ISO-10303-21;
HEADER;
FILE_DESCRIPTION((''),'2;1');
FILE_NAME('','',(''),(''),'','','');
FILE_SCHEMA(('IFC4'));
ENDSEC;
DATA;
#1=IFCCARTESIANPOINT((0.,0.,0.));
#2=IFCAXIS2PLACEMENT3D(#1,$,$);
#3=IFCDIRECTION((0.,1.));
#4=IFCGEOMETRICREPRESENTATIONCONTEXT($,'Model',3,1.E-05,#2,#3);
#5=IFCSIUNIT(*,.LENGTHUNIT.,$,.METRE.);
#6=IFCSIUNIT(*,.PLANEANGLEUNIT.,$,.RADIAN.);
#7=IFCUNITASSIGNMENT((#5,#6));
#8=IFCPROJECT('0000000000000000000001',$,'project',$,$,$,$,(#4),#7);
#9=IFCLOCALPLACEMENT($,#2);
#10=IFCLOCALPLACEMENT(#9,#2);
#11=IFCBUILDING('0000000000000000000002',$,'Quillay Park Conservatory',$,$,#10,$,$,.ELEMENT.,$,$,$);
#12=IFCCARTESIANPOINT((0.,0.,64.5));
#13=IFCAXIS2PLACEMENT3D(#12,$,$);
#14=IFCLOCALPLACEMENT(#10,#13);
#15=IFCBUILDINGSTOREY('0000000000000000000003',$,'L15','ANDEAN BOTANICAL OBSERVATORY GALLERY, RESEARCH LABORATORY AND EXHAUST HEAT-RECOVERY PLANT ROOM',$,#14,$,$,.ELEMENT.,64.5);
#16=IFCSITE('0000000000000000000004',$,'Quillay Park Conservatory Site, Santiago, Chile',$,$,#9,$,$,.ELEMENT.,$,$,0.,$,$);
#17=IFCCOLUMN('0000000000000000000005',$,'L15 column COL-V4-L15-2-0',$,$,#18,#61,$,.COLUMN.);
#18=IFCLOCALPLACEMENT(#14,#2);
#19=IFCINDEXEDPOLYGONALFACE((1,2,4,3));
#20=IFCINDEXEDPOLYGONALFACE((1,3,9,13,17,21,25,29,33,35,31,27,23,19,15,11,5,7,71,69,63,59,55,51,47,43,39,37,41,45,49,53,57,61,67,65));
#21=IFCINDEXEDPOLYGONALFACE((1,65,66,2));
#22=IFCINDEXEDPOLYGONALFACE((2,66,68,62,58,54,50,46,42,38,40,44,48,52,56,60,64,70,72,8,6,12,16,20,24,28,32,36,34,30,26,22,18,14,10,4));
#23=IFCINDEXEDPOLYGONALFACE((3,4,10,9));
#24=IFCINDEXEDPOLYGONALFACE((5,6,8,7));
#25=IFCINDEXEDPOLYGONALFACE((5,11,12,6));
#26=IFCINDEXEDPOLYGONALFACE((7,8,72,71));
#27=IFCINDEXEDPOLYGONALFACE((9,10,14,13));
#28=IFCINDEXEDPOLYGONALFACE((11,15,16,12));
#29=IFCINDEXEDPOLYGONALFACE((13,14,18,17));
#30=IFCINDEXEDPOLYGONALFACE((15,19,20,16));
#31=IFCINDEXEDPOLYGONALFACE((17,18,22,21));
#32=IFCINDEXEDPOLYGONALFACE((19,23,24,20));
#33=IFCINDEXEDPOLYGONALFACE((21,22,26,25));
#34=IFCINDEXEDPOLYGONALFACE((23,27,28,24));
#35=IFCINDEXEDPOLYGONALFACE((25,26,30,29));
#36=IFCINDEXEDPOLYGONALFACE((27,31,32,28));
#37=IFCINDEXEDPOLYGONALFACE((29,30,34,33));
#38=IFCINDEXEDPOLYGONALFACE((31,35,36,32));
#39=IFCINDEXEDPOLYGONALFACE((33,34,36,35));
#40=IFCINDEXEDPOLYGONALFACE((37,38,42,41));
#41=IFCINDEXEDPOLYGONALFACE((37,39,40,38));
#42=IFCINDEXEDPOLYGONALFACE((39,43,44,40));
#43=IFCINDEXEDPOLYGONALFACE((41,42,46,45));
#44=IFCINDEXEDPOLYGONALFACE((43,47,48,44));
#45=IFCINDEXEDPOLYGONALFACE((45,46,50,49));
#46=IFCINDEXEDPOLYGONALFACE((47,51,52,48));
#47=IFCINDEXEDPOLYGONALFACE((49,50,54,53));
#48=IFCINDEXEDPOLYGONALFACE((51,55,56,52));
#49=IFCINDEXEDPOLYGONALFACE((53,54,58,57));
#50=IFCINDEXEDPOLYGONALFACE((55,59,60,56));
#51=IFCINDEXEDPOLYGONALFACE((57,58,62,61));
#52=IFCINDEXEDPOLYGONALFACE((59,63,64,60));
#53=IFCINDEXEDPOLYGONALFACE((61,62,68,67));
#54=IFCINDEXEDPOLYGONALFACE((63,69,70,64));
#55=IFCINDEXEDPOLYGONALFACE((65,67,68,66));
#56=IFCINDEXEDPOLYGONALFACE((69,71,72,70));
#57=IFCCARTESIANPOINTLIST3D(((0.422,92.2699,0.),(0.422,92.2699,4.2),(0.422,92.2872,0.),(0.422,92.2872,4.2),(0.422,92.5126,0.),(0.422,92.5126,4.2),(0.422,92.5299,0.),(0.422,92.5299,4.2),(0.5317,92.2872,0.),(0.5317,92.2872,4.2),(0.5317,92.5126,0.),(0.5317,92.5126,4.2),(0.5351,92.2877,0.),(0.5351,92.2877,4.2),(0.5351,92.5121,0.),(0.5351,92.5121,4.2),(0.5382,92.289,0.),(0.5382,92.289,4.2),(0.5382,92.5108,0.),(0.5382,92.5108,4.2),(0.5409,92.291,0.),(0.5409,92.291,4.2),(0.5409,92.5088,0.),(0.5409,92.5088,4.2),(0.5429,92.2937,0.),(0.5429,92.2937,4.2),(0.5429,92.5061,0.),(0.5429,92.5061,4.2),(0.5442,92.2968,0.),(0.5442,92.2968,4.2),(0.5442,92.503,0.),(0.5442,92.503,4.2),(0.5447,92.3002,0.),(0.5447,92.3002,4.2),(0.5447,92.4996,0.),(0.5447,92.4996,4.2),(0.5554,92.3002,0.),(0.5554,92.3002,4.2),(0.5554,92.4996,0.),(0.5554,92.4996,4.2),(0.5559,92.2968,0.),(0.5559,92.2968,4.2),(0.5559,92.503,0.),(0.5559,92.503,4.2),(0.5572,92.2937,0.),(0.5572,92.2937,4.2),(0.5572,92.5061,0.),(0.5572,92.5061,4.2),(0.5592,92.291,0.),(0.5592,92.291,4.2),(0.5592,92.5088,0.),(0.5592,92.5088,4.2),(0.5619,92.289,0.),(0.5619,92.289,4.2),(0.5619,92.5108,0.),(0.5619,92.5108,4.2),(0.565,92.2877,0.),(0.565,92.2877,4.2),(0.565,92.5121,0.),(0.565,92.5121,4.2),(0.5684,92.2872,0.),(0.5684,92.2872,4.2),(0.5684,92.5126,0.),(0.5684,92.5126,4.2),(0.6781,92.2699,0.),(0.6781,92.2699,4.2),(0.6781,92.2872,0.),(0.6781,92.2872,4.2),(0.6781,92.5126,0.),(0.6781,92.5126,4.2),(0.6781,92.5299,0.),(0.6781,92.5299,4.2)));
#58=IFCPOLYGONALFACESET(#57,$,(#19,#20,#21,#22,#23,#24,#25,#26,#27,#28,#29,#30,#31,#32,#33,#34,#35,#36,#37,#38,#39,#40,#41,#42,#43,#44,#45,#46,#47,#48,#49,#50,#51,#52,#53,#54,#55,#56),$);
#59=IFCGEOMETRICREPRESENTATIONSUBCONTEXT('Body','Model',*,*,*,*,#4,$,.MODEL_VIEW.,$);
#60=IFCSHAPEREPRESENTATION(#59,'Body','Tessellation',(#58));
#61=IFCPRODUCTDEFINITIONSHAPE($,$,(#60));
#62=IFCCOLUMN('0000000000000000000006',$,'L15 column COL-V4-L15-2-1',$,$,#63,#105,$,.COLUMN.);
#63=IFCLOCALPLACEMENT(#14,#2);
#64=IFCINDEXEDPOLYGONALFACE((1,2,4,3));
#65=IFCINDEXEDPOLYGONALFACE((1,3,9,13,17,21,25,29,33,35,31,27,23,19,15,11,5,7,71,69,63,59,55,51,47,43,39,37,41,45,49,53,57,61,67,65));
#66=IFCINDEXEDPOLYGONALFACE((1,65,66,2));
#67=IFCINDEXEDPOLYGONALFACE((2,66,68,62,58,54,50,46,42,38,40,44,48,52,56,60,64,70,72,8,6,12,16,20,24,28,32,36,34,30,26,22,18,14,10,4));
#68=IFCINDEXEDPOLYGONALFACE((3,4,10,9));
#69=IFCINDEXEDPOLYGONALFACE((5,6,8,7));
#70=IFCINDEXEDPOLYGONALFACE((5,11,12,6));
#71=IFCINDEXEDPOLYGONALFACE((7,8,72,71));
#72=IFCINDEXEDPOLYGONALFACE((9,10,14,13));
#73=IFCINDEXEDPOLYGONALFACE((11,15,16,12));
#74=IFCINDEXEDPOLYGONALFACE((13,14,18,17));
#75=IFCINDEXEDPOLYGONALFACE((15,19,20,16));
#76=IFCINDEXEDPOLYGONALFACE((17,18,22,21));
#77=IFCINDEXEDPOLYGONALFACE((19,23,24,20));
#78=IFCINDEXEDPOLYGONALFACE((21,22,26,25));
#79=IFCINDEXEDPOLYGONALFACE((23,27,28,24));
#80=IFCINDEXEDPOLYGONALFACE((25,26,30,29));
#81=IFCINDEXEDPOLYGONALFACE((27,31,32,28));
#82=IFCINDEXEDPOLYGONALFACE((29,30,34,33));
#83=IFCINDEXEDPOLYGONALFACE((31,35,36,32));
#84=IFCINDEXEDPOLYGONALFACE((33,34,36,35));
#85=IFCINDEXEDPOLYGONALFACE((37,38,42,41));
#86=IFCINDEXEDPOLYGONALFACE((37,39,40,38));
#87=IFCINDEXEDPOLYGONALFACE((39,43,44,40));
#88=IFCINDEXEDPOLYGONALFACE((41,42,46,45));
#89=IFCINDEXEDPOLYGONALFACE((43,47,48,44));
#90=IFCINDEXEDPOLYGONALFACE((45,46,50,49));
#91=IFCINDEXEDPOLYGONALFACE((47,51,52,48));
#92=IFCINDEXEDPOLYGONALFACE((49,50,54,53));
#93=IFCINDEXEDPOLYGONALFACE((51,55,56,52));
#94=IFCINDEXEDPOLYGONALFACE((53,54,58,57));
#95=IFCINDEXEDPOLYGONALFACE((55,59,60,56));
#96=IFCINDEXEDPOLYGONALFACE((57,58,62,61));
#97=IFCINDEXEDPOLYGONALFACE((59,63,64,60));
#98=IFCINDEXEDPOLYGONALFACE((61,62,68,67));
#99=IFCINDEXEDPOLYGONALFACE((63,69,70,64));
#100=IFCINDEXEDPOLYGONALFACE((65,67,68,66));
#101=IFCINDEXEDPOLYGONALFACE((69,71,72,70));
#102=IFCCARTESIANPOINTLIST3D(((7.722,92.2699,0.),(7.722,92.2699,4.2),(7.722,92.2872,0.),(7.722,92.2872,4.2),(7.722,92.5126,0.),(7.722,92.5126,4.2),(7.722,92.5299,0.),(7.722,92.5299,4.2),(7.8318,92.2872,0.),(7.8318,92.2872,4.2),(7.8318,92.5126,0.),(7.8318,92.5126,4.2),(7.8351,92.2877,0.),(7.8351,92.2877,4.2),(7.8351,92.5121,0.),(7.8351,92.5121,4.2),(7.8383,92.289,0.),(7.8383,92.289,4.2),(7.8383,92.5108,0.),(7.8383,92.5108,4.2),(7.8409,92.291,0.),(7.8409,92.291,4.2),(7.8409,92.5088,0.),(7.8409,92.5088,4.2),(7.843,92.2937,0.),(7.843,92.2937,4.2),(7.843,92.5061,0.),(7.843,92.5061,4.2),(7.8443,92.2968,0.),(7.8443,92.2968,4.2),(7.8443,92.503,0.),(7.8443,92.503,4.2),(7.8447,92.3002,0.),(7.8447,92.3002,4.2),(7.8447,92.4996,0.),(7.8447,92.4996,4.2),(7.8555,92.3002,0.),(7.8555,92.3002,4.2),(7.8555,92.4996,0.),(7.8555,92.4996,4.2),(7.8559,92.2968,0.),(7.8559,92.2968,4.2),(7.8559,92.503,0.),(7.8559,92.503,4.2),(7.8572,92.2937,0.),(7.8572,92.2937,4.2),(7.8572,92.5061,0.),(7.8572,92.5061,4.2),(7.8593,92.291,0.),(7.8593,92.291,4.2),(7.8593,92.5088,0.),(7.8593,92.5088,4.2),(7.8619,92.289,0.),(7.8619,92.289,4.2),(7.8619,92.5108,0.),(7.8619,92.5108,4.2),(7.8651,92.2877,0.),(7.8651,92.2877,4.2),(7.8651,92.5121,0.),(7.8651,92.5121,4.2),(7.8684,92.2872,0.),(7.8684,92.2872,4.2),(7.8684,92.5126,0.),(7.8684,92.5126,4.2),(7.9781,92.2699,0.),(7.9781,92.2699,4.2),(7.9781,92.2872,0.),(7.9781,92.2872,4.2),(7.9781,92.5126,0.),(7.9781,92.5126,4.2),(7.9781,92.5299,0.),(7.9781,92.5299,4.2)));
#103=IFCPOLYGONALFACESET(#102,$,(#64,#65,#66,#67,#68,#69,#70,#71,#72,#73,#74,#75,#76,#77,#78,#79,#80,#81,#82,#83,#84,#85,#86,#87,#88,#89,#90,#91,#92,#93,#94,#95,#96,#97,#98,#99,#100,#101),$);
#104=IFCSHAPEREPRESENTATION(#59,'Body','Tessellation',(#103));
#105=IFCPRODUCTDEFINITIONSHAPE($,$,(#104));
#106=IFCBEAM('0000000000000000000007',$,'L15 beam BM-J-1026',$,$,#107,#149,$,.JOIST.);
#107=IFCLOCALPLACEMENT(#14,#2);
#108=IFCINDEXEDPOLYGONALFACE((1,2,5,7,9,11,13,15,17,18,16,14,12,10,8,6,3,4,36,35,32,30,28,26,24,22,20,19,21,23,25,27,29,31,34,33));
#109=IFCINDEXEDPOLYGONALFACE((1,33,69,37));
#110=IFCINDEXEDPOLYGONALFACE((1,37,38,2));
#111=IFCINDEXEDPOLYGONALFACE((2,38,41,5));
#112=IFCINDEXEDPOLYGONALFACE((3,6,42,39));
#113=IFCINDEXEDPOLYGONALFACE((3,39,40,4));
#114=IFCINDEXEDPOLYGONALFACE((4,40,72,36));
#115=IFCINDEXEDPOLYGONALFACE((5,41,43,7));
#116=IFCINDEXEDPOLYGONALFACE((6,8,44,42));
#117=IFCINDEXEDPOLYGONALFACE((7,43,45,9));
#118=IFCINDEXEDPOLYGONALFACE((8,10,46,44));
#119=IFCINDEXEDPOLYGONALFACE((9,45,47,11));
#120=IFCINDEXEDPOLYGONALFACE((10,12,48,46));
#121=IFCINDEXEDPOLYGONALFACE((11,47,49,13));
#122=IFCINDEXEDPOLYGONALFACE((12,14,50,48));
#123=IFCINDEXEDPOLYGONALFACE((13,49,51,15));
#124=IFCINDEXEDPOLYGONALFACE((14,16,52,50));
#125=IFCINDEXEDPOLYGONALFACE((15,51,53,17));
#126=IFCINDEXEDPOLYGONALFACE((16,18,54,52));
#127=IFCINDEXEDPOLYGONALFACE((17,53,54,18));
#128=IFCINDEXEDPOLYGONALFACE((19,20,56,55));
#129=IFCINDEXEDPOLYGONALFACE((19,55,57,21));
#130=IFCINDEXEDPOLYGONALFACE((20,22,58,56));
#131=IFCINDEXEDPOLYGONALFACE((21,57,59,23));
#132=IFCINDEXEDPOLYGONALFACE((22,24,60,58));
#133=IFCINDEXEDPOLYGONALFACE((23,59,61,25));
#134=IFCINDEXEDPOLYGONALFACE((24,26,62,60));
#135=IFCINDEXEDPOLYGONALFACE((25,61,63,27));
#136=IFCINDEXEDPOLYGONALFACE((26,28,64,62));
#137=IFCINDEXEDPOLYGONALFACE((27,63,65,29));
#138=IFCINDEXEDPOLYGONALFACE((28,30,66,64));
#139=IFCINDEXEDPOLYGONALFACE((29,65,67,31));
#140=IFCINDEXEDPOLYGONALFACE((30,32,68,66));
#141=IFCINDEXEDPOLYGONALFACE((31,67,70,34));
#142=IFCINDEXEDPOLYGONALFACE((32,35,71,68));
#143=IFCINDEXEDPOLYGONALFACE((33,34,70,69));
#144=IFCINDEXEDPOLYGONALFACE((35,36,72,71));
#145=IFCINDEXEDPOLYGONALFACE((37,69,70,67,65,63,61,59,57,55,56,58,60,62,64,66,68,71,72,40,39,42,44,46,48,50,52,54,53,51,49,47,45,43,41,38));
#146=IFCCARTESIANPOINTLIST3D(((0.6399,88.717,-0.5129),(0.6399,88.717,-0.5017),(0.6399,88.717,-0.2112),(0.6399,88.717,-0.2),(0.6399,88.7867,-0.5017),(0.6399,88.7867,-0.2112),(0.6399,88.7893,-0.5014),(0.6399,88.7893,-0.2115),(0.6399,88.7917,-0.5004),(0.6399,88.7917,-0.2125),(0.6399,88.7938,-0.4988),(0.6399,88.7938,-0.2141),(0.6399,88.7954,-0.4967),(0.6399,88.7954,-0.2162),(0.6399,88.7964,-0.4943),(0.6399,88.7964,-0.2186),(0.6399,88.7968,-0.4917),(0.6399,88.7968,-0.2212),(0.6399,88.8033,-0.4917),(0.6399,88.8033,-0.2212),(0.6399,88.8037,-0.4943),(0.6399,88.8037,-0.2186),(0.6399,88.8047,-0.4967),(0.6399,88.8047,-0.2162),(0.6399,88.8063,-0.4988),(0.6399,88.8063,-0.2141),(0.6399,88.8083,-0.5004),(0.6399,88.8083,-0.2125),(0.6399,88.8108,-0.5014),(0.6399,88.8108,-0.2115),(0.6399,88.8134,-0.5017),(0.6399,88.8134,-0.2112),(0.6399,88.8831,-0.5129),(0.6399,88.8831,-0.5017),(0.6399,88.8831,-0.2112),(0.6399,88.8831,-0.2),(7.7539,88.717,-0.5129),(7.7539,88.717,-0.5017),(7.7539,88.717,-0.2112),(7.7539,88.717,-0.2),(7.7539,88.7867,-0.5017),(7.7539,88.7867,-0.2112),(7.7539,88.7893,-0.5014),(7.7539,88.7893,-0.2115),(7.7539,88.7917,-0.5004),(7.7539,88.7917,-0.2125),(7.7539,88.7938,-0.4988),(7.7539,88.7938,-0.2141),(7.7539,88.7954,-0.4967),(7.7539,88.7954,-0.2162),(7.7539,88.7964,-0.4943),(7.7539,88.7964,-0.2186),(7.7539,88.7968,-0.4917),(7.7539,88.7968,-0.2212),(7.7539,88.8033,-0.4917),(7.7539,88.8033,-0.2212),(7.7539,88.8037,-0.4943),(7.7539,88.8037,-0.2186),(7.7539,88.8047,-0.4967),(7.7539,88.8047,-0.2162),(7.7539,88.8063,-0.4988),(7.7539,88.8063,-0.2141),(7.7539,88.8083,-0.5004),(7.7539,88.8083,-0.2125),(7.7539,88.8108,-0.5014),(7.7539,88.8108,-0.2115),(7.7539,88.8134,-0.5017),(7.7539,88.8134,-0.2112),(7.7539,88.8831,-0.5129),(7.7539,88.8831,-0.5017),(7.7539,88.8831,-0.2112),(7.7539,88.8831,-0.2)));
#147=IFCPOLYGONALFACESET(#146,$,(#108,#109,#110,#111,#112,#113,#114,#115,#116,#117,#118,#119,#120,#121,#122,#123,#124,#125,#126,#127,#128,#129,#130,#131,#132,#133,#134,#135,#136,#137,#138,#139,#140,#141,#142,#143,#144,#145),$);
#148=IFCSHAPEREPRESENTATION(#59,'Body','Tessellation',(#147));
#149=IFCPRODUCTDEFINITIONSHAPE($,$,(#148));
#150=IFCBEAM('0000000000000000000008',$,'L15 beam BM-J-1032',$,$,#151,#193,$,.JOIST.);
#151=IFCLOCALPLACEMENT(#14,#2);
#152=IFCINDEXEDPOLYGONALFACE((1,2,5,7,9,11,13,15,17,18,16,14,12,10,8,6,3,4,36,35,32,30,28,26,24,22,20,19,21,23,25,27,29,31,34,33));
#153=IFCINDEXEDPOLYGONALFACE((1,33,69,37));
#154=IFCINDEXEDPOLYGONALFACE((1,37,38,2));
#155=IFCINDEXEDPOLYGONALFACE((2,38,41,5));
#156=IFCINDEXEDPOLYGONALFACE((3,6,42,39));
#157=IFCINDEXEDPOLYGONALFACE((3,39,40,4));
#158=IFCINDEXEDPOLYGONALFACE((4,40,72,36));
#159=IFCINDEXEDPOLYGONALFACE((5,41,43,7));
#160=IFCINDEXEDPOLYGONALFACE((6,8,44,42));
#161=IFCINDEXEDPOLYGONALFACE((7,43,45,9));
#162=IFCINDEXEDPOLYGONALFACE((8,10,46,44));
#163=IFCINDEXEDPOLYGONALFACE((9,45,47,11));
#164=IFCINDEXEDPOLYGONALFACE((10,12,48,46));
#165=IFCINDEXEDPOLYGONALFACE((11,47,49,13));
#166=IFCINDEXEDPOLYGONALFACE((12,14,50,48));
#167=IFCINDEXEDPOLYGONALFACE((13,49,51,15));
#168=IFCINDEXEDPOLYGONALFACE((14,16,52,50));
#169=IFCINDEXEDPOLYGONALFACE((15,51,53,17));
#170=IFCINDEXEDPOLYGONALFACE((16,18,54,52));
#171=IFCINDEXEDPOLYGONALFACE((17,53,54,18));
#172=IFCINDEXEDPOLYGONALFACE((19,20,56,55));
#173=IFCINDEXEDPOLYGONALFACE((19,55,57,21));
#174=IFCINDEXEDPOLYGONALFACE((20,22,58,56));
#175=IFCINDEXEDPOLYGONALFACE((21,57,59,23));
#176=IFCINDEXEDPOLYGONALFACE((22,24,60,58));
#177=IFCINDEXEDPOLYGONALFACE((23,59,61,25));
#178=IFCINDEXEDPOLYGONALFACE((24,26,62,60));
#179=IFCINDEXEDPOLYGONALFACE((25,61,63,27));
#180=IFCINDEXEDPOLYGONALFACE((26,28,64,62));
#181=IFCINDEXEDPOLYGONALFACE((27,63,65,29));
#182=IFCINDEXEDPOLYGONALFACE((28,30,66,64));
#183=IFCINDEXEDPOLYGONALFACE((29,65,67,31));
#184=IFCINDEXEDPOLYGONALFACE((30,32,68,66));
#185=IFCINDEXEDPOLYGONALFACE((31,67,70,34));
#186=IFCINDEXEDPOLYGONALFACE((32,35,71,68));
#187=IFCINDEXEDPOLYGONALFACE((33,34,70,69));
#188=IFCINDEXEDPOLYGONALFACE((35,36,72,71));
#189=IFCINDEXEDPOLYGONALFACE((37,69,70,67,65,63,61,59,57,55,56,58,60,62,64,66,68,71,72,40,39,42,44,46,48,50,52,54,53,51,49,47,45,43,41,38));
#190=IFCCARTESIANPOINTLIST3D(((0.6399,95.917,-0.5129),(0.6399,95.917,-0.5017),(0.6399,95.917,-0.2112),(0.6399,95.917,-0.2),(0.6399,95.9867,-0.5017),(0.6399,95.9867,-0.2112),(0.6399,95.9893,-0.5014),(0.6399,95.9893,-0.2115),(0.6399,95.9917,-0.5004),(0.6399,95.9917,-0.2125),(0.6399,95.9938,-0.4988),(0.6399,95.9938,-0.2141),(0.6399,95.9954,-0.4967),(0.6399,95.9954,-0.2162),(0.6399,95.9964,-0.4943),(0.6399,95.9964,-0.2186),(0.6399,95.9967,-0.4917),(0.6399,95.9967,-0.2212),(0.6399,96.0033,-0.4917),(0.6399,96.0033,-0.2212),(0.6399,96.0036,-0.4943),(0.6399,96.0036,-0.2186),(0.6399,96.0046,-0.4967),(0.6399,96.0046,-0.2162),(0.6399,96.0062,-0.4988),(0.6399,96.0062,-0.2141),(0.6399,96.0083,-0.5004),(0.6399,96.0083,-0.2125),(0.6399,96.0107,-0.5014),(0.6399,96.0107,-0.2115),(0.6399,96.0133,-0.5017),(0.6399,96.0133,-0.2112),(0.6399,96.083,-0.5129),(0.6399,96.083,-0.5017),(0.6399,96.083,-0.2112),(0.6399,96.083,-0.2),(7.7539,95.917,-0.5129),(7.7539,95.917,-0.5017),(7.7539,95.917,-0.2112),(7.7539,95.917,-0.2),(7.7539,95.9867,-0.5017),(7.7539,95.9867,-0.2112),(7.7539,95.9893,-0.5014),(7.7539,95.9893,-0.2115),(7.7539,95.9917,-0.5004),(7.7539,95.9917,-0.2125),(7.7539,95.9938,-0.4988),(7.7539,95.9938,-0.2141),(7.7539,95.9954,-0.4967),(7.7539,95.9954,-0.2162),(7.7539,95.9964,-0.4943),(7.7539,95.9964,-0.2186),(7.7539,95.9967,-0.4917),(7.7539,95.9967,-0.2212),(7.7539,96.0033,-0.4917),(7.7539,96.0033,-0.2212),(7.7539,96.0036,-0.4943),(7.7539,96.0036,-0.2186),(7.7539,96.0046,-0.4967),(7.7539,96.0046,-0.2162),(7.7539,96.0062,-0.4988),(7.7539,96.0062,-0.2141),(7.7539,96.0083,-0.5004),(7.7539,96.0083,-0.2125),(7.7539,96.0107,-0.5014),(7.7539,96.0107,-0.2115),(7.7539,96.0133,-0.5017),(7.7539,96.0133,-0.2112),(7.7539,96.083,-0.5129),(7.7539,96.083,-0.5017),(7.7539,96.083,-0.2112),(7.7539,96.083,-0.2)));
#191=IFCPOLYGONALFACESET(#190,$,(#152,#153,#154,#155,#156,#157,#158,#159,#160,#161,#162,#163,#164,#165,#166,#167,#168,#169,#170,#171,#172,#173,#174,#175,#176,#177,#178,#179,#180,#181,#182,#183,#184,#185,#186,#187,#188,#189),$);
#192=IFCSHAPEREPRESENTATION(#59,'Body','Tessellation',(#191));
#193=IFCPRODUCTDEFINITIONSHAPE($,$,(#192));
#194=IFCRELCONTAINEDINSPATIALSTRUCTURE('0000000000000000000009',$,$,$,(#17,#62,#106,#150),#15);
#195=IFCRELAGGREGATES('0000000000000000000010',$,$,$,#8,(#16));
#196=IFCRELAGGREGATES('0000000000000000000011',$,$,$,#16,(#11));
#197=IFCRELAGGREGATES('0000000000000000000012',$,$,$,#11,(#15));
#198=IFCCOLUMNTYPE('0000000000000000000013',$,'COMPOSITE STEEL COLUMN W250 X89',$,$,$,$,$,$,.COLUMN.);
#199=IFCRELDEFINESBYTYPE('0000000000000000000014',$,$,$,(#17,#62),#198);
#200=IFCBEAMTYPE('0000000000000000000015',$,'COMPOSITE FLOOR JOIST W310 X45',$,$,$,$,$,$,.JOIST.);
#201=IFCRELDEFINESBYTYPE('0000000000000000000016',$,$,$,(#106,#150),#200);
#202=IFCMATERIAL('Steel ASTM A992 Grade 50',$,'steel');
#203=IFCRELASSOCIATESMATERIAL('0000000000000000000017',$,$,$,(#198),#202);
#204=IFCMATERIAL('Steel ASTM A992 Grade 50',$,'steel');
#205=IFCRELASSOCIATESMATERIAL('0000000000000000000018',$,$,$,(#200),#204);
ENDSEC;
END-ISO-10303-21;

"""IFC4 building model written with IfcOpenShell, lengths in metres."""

from ifc_helpers import new_model, si_unit, direction, frame, origin, origin_2d, place, context, subcontext, project, spatial, i_section, extrude, material, material_profile, profile_set, type_object, element, save


model = new_model("IFC4")

# Units and contexts
model_context = context("Model", 3, precision=1e-05, world=origin(), true_north=direction((0.0, 1.0)))
body_context = subcontext(model_context, "Body", "Model", "MODEL_VIEW")
ifc_project = project(units=[si_unit("LENGTHUNIT", "METRE"), si_unit("PLANEANGLEUNIT", "RADIAN")], contexts=[model_context])

# Site, building, storey
site_placement = place(None, origin())
site = spatial("IfcSite", under=ifc_project, at=site_placement, Name="Quillay Park Conservatory Site, Santiago, Chile", CompositionType="ELEMENT", RefElevation=0.0)
building_placement = place(site_placement, origin())
building = spatial("IfcBuilding", under=site, at=building_placement, Name="Quillay Park Conservatory", CompositionType="ELEMENT")
storey_placement = place(building_placement, frame((0.0, 0.0, 64.5)))
storey = spatial("IfcBuildingStorey", under=building, at=storey_placement, Name="L15", Description="ANDEAN BOTANICAL OBSERVATORY GALLERY, RESEARCH LABORATORY AND EXHAUST HEAT-RECOVERY PLANT ROOM", CompositionType="ELEMENT", Elevation=64.5)

# Columns
ifc_material_1 = material(Name="Steel ASTM A992 Grade 50", Category="steel")
ifc_material_profile_1 = material_profile(ifc_material_1, i_section(OverallWidth=0.2561, OverallDepth=0.26, WebThickness=0.0107, FlangeThickness=0.0173, FilletRadius=0.0129, at=origin_2d()), Name="W250x89")
ifc_profile_set_1 = profile_set([ifc_material_profile_1], Name="Steel ASTM A992 Grade 50")
column_type = type_object("IfcColumnType", Name="COMPOSITE STEEL COLUMN W250 X89", PredefinedType="COLUMN", material=ifc_profile_set_1)
for number, where, z_axis, x_axis, name in (
    (1, (0.55, 92.3999, 0.0), (0.0, 0.0, 1.0), (1.0, 0.0, 0.0), "L15 column COL-V4-L15-2-0"),
    (2, (7.8501, 92.3999, 0.0), (0.0, 0.0, 1.0), (1.0, 0.0, 0.0), "L15 column COL-V4-L15-2-1"),
):
    element("IfcColumn", number, at=place(storey_placement, frame(where, z_axis=z_axis, x_axis=x_axis)), inside=storey, type_object=column_type, Name=name, PredefinedType="COLUMN", context=body_context, shape_type="SweptSolid", body=[
        extrude(i_section(OverallWidth=0.2561, OverallDepth=0.26, WebThickness=0.0107, FlangeThickness=0.0173, FilletRadius=0.0129, at=origin_2d()), origin(), (0.0, 0.0, 1.0), 4.2),
    ])

# Beams
ifc_material_2 = material(Name="Steel ASTM A992 Grade 50", Category="steel")
ifc_material_profile_2 = material_profile(ifc_material_2, i_section(OverallWidth=0.166, OverallDepth=0.313, WebThickness=0.0066, FlangeThickness=0.0112, FilletRadius=0.01, at=origin_2d()), Name="W310x45")
ifc_profile_set_2 = profile_set([ifc_material_profile_2], Name="Steel ASTM A992 Grade 50")
beam_type_1 = type_object("IfcBeamType", Name="COMPOSITE FLOOR JOIST W310 X45", PredefinedType="JOIST", material=ifc_profile_set_2)
for number, where, z_axis, x_axis, name in (
    (3, (0.6399, 88.8, -0.3564), (1.0, 0.0, 0.0), (0.0, 1.0, 0.0), "L15 beam BM-J-1026"),
    (4, (0.6399, 96.0, -0.3564), (1.0, 0.0, 0.0), (0.0, 1.0, 0.0), "L15 beam BM-J-1032"),
):
    element("IfcBeam", number, at=place(storey_placement, frame(where, z_axis=z_axis, x_axis=x_axis)), inside=storey, type_object=beam_type_1, Name=name, PredefinedType="JOIST", context=body_context, shape_type="SweptSolid", body=[
        extrude(i_section(OverallWidth=0.166, OverallDepth=0.313, WebThickness=0.0066, FlangeThickness=0.0112, FilletRadius=0.01, at=origin_2d()), origin(), (0.0, 0.0, 1.0), 7.114),
    ])

save(model, "model.ifc")
